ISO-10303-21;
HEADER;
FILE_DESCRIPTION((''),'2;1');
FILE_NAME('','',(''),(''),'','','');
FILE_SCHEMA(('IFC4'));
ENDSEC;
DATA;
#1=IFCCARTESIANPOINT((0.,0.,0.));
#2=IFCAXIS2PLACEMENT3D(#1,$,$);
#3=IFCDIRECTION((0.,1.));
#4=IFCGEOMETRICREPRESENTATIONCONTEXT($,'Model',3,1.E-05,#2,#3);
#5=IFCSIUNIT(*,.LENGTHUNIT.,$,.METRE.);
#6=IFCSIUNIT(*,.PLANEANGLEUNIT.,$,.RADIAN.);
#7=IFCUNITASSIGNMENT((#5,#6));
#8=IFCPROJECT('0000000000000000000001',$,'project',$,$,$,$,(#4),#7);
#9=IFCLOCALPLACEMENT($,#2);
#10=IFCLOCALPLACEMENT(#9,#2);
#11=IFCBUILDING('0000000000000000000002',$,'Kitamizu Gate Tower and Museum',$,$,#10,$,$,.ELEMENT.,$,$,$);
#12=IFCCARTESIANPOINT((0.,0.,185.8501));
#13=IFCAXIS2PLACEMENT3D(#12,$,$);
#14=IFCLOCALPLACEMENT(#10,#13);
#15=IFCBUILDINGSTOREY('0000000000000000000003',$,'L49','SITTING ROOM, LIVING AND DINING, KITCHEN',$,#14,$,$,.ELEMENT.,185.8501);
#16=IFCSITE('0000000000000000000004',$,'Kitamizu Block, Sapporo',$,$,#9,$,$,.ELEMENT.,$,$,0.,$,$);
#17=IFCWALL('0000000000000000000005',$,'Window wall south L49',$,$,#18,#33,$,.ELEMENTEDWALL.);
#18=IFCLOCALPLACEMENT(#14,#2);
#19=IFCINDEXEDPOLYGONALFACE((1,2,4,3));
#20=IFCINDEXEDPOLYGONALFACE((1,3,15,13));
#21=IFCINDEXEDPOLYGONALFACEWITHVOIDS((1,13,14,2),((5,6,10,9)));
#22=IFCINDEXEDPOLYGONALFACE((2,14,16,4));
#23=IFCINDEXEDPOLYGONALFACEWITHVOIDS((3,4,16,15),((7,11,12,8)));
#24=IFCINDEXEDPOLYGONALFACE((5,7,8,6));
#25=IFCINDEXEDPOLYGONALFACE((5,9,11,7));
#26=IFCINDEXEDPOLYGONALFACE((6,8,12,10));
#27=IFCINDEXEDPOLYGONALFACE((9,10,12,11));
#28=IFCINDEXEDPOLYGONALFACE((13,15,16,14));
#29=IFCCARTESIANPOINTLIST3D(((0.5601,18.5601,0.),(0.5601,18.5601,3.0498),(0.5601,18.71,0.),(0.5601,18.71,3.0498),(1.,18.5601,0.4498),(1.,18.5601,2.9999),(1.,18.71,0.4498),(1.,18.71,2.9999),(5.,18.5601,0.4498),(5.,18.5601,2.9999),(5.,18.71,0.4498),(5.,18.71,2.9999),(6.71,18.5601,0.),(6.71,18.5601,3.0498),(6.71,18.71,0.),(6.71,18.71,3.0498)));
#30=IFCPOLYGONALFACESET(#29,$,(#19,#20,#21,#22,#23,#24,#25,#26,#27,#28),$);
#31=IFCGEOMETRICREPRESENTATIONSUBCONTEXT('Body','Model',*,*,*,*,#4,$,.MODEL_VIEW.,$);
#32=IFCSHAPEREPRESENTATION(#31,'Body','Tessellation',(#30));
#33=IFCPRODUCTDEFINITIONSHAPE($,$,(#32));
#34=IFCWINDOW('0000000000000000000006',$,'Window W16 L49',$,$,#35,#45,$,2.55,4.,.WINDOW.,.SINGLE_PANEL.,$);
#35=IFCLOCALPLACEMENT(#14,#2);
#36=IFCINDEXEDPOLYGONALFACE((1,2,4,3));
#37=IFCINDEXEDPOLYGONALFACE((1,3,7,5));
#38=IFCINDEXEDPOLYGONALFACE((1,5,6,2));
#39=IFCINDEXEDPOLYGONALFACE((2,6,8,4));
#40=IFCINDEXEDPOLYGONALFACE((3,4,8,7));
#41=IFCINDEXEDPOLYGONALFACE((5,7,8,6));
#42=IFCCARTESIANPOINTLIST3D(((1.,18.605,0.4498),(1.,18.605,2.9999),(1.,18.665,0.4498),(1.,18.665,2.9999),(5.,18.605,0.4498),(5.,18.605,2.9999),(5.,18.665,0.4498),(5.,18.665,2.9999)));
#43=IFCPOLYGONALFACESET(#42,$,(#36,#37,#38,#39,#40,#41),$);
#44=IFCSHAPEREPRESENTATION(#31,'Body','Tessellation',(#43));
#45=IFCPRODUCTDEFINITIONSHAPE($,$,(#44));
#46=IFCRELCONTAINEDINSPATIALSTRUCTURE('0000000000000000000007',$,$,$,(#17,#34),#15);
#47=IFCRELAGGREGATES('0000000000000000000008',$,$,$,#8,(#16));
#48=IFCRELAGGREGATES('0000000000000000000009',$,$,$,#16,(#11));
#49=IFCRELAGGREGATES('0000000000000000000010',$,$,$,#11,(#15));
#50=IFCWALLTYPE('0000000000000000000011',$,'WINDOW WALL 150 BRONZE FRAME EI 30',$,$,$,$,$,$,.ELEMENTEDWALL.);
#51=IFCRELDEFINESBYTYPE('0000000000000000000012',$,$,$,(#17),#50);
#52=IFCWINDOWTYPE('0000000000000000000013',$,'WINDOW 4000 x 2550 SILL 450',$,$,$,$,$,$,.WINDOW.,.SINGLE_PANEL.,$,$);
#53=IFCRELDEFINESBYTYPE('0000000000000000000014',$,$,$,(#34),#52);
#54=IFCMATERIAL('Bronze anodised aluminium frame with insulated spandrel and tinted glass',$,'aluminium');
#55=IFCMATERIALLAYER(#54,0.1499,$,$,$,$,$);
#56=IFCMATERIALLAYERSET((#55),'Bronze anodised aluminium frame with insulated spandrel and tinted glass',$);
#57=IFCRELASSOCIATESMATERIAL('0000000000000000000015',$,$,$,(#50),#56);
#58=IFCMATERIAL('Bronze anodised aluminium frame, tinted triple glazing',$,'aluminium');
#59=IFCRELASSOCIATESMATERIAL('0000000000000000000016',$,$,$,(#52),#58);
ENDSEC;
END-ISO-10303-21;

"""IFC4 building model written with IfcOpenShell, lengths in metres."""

from ifc_helpers import new_model, si_unit, direction, frame, frame_2d, origin, place, context, subcontext, project, spatial, rectangle, extrude, material, layer, layer_set, type_object, element, fill, save


model = new_model("IFC4")

# Units and contexts
model_context = context("Model", 3, precision=1e-05, world=origin(), true_north=direction((0.0, 1.0)))
body_context = subcontext(model_context, "Body", "Model", "MODEL_VIEW")
ifc_project = project(units=[si_unit("LENGTHUNIT", "METRE"), si_unit("PLANEANGLEUNIT", "RADIAN")], contexts=[model_context])

# Site, building, storey
site_placement = place(None, origin())
site = spatial("IfcSite", under=ifc_project, at=site_placement, Name="Kitamizu Block, Sapporo", CompositionType="ELEMENT", RefElevation=0.0)
building_placement = place(site_placement, origin())
building = spatial("IfcBuilding", under=site, at=building_placement, Name="Kitamizu Gate Tower and Museum", CompositionType="ELEMENT")
storey_placement = place(building_placement, frame((0.0, 0.0, 185.8501)))
storey = spatial("IfcBuildingStorey", under=building, at=storey_placement, Name="L49", Description="SITTING ROOM, LIVING AND DINING, KITCHEN", CompositionType="ELEMENT", Elevation=185.8501)

# Shared definitions
ifc_material_1 = material(Name="Bronze anodised aluminium frame with insulated spandrel and tinted glass", Category="aluminium")
ifc_layer_1 = layer(ifc_material_1, 0.1499)
ifc_layer_set_1 = layer_set([ifc_layer_1], Name="Bronze anodised aluminium frame with insulated spandrel and tinted glass")
wall_type_1 = type_object("IfcWallType", Name="WINDOW WALL 150 BRONZE FRAME EI 30", PredefinedType="ELEMENTEDWALL", material=ifc_layer_set_1)

# Wall, opening, window
wall_1_placement = place(storey_placement, frame((0.5601, 18.635, 0.0), z_axis=(0.0, 0.0, 1.0), x_axis=(1.0, 0.0, 0.0)))
wall_1 = element("IfcWall", 1, at=wall_1_placement, inside=storey, type_object=wall_type_1, Name="Window wall south L49", PredefinedType="ELEMENTEDWALL", context=body_context, shape_type="SweptSolid", body=[
    extrude(rectangle(XDim=6.1499, YDim=0.1499, at=frame_2d((3.075, 0.0))), origin(), (0.0, 0.0, 1.0), 3.0498),
])
opening_1_placement = place(wall_1_placement, frame((0.4399, 0.0, 0.45)))
opening_1 = element("IfcOpeningElement", 2, at=opening_1_placement, cuts=wall_1, PredefinedType="OPENING", context=body_context, shape_type="SweptSolid", body=[
    extrude(rectangle(XDim=4.0, YDim=2.55, at=frame_2d((2.0, 1.2749))), frame((0.0, 0.085, 0.0), z_axis=(0.0, -1.0, 0.0), x_axis=(1.0, 0.0, 0.0)), (0.0, 0.0, 1.0), 0.1699),
])
ifc_material_2 = material(Name="Bronze anodised aluminium frame, tinted triple glazing", Category="aluminium")
window_type_1 = type_object("IfcWindowType", Name="WINDOW 4000 x 2550 SILL 450", PartitioningType="SINGLE_PANEL", PredefinedType="WINDOW", material=ifc_material_2)
window_1_placement = place(opening_1_placement, origin())
window_1 = element("IfcWindow", 3, at=window_1_placement, inside=storey, type_object=window_type_1, Name="Window W16 L49", OverallHeight=2.55, OverallWidth=4.0, PartitioningType="SINGLE_PANEL", PredefinedType="WINDOW", context=body_context, shape_type="SweptSolid", body=[
    extrude(rectangle(XDim=4.0, YDim=2.55, at=frame_2d((2.0, 1.2749))), frame((0.0, 0.03, 0.0), z_axis=(0.0, -1.0, 0.0), x_axis=(1.0, 0.0, 0.0)), (0.0, 0.0, 1.0), 0.0601),
])
fill(opening_1, window_1)

save(model, "model.ifc")
